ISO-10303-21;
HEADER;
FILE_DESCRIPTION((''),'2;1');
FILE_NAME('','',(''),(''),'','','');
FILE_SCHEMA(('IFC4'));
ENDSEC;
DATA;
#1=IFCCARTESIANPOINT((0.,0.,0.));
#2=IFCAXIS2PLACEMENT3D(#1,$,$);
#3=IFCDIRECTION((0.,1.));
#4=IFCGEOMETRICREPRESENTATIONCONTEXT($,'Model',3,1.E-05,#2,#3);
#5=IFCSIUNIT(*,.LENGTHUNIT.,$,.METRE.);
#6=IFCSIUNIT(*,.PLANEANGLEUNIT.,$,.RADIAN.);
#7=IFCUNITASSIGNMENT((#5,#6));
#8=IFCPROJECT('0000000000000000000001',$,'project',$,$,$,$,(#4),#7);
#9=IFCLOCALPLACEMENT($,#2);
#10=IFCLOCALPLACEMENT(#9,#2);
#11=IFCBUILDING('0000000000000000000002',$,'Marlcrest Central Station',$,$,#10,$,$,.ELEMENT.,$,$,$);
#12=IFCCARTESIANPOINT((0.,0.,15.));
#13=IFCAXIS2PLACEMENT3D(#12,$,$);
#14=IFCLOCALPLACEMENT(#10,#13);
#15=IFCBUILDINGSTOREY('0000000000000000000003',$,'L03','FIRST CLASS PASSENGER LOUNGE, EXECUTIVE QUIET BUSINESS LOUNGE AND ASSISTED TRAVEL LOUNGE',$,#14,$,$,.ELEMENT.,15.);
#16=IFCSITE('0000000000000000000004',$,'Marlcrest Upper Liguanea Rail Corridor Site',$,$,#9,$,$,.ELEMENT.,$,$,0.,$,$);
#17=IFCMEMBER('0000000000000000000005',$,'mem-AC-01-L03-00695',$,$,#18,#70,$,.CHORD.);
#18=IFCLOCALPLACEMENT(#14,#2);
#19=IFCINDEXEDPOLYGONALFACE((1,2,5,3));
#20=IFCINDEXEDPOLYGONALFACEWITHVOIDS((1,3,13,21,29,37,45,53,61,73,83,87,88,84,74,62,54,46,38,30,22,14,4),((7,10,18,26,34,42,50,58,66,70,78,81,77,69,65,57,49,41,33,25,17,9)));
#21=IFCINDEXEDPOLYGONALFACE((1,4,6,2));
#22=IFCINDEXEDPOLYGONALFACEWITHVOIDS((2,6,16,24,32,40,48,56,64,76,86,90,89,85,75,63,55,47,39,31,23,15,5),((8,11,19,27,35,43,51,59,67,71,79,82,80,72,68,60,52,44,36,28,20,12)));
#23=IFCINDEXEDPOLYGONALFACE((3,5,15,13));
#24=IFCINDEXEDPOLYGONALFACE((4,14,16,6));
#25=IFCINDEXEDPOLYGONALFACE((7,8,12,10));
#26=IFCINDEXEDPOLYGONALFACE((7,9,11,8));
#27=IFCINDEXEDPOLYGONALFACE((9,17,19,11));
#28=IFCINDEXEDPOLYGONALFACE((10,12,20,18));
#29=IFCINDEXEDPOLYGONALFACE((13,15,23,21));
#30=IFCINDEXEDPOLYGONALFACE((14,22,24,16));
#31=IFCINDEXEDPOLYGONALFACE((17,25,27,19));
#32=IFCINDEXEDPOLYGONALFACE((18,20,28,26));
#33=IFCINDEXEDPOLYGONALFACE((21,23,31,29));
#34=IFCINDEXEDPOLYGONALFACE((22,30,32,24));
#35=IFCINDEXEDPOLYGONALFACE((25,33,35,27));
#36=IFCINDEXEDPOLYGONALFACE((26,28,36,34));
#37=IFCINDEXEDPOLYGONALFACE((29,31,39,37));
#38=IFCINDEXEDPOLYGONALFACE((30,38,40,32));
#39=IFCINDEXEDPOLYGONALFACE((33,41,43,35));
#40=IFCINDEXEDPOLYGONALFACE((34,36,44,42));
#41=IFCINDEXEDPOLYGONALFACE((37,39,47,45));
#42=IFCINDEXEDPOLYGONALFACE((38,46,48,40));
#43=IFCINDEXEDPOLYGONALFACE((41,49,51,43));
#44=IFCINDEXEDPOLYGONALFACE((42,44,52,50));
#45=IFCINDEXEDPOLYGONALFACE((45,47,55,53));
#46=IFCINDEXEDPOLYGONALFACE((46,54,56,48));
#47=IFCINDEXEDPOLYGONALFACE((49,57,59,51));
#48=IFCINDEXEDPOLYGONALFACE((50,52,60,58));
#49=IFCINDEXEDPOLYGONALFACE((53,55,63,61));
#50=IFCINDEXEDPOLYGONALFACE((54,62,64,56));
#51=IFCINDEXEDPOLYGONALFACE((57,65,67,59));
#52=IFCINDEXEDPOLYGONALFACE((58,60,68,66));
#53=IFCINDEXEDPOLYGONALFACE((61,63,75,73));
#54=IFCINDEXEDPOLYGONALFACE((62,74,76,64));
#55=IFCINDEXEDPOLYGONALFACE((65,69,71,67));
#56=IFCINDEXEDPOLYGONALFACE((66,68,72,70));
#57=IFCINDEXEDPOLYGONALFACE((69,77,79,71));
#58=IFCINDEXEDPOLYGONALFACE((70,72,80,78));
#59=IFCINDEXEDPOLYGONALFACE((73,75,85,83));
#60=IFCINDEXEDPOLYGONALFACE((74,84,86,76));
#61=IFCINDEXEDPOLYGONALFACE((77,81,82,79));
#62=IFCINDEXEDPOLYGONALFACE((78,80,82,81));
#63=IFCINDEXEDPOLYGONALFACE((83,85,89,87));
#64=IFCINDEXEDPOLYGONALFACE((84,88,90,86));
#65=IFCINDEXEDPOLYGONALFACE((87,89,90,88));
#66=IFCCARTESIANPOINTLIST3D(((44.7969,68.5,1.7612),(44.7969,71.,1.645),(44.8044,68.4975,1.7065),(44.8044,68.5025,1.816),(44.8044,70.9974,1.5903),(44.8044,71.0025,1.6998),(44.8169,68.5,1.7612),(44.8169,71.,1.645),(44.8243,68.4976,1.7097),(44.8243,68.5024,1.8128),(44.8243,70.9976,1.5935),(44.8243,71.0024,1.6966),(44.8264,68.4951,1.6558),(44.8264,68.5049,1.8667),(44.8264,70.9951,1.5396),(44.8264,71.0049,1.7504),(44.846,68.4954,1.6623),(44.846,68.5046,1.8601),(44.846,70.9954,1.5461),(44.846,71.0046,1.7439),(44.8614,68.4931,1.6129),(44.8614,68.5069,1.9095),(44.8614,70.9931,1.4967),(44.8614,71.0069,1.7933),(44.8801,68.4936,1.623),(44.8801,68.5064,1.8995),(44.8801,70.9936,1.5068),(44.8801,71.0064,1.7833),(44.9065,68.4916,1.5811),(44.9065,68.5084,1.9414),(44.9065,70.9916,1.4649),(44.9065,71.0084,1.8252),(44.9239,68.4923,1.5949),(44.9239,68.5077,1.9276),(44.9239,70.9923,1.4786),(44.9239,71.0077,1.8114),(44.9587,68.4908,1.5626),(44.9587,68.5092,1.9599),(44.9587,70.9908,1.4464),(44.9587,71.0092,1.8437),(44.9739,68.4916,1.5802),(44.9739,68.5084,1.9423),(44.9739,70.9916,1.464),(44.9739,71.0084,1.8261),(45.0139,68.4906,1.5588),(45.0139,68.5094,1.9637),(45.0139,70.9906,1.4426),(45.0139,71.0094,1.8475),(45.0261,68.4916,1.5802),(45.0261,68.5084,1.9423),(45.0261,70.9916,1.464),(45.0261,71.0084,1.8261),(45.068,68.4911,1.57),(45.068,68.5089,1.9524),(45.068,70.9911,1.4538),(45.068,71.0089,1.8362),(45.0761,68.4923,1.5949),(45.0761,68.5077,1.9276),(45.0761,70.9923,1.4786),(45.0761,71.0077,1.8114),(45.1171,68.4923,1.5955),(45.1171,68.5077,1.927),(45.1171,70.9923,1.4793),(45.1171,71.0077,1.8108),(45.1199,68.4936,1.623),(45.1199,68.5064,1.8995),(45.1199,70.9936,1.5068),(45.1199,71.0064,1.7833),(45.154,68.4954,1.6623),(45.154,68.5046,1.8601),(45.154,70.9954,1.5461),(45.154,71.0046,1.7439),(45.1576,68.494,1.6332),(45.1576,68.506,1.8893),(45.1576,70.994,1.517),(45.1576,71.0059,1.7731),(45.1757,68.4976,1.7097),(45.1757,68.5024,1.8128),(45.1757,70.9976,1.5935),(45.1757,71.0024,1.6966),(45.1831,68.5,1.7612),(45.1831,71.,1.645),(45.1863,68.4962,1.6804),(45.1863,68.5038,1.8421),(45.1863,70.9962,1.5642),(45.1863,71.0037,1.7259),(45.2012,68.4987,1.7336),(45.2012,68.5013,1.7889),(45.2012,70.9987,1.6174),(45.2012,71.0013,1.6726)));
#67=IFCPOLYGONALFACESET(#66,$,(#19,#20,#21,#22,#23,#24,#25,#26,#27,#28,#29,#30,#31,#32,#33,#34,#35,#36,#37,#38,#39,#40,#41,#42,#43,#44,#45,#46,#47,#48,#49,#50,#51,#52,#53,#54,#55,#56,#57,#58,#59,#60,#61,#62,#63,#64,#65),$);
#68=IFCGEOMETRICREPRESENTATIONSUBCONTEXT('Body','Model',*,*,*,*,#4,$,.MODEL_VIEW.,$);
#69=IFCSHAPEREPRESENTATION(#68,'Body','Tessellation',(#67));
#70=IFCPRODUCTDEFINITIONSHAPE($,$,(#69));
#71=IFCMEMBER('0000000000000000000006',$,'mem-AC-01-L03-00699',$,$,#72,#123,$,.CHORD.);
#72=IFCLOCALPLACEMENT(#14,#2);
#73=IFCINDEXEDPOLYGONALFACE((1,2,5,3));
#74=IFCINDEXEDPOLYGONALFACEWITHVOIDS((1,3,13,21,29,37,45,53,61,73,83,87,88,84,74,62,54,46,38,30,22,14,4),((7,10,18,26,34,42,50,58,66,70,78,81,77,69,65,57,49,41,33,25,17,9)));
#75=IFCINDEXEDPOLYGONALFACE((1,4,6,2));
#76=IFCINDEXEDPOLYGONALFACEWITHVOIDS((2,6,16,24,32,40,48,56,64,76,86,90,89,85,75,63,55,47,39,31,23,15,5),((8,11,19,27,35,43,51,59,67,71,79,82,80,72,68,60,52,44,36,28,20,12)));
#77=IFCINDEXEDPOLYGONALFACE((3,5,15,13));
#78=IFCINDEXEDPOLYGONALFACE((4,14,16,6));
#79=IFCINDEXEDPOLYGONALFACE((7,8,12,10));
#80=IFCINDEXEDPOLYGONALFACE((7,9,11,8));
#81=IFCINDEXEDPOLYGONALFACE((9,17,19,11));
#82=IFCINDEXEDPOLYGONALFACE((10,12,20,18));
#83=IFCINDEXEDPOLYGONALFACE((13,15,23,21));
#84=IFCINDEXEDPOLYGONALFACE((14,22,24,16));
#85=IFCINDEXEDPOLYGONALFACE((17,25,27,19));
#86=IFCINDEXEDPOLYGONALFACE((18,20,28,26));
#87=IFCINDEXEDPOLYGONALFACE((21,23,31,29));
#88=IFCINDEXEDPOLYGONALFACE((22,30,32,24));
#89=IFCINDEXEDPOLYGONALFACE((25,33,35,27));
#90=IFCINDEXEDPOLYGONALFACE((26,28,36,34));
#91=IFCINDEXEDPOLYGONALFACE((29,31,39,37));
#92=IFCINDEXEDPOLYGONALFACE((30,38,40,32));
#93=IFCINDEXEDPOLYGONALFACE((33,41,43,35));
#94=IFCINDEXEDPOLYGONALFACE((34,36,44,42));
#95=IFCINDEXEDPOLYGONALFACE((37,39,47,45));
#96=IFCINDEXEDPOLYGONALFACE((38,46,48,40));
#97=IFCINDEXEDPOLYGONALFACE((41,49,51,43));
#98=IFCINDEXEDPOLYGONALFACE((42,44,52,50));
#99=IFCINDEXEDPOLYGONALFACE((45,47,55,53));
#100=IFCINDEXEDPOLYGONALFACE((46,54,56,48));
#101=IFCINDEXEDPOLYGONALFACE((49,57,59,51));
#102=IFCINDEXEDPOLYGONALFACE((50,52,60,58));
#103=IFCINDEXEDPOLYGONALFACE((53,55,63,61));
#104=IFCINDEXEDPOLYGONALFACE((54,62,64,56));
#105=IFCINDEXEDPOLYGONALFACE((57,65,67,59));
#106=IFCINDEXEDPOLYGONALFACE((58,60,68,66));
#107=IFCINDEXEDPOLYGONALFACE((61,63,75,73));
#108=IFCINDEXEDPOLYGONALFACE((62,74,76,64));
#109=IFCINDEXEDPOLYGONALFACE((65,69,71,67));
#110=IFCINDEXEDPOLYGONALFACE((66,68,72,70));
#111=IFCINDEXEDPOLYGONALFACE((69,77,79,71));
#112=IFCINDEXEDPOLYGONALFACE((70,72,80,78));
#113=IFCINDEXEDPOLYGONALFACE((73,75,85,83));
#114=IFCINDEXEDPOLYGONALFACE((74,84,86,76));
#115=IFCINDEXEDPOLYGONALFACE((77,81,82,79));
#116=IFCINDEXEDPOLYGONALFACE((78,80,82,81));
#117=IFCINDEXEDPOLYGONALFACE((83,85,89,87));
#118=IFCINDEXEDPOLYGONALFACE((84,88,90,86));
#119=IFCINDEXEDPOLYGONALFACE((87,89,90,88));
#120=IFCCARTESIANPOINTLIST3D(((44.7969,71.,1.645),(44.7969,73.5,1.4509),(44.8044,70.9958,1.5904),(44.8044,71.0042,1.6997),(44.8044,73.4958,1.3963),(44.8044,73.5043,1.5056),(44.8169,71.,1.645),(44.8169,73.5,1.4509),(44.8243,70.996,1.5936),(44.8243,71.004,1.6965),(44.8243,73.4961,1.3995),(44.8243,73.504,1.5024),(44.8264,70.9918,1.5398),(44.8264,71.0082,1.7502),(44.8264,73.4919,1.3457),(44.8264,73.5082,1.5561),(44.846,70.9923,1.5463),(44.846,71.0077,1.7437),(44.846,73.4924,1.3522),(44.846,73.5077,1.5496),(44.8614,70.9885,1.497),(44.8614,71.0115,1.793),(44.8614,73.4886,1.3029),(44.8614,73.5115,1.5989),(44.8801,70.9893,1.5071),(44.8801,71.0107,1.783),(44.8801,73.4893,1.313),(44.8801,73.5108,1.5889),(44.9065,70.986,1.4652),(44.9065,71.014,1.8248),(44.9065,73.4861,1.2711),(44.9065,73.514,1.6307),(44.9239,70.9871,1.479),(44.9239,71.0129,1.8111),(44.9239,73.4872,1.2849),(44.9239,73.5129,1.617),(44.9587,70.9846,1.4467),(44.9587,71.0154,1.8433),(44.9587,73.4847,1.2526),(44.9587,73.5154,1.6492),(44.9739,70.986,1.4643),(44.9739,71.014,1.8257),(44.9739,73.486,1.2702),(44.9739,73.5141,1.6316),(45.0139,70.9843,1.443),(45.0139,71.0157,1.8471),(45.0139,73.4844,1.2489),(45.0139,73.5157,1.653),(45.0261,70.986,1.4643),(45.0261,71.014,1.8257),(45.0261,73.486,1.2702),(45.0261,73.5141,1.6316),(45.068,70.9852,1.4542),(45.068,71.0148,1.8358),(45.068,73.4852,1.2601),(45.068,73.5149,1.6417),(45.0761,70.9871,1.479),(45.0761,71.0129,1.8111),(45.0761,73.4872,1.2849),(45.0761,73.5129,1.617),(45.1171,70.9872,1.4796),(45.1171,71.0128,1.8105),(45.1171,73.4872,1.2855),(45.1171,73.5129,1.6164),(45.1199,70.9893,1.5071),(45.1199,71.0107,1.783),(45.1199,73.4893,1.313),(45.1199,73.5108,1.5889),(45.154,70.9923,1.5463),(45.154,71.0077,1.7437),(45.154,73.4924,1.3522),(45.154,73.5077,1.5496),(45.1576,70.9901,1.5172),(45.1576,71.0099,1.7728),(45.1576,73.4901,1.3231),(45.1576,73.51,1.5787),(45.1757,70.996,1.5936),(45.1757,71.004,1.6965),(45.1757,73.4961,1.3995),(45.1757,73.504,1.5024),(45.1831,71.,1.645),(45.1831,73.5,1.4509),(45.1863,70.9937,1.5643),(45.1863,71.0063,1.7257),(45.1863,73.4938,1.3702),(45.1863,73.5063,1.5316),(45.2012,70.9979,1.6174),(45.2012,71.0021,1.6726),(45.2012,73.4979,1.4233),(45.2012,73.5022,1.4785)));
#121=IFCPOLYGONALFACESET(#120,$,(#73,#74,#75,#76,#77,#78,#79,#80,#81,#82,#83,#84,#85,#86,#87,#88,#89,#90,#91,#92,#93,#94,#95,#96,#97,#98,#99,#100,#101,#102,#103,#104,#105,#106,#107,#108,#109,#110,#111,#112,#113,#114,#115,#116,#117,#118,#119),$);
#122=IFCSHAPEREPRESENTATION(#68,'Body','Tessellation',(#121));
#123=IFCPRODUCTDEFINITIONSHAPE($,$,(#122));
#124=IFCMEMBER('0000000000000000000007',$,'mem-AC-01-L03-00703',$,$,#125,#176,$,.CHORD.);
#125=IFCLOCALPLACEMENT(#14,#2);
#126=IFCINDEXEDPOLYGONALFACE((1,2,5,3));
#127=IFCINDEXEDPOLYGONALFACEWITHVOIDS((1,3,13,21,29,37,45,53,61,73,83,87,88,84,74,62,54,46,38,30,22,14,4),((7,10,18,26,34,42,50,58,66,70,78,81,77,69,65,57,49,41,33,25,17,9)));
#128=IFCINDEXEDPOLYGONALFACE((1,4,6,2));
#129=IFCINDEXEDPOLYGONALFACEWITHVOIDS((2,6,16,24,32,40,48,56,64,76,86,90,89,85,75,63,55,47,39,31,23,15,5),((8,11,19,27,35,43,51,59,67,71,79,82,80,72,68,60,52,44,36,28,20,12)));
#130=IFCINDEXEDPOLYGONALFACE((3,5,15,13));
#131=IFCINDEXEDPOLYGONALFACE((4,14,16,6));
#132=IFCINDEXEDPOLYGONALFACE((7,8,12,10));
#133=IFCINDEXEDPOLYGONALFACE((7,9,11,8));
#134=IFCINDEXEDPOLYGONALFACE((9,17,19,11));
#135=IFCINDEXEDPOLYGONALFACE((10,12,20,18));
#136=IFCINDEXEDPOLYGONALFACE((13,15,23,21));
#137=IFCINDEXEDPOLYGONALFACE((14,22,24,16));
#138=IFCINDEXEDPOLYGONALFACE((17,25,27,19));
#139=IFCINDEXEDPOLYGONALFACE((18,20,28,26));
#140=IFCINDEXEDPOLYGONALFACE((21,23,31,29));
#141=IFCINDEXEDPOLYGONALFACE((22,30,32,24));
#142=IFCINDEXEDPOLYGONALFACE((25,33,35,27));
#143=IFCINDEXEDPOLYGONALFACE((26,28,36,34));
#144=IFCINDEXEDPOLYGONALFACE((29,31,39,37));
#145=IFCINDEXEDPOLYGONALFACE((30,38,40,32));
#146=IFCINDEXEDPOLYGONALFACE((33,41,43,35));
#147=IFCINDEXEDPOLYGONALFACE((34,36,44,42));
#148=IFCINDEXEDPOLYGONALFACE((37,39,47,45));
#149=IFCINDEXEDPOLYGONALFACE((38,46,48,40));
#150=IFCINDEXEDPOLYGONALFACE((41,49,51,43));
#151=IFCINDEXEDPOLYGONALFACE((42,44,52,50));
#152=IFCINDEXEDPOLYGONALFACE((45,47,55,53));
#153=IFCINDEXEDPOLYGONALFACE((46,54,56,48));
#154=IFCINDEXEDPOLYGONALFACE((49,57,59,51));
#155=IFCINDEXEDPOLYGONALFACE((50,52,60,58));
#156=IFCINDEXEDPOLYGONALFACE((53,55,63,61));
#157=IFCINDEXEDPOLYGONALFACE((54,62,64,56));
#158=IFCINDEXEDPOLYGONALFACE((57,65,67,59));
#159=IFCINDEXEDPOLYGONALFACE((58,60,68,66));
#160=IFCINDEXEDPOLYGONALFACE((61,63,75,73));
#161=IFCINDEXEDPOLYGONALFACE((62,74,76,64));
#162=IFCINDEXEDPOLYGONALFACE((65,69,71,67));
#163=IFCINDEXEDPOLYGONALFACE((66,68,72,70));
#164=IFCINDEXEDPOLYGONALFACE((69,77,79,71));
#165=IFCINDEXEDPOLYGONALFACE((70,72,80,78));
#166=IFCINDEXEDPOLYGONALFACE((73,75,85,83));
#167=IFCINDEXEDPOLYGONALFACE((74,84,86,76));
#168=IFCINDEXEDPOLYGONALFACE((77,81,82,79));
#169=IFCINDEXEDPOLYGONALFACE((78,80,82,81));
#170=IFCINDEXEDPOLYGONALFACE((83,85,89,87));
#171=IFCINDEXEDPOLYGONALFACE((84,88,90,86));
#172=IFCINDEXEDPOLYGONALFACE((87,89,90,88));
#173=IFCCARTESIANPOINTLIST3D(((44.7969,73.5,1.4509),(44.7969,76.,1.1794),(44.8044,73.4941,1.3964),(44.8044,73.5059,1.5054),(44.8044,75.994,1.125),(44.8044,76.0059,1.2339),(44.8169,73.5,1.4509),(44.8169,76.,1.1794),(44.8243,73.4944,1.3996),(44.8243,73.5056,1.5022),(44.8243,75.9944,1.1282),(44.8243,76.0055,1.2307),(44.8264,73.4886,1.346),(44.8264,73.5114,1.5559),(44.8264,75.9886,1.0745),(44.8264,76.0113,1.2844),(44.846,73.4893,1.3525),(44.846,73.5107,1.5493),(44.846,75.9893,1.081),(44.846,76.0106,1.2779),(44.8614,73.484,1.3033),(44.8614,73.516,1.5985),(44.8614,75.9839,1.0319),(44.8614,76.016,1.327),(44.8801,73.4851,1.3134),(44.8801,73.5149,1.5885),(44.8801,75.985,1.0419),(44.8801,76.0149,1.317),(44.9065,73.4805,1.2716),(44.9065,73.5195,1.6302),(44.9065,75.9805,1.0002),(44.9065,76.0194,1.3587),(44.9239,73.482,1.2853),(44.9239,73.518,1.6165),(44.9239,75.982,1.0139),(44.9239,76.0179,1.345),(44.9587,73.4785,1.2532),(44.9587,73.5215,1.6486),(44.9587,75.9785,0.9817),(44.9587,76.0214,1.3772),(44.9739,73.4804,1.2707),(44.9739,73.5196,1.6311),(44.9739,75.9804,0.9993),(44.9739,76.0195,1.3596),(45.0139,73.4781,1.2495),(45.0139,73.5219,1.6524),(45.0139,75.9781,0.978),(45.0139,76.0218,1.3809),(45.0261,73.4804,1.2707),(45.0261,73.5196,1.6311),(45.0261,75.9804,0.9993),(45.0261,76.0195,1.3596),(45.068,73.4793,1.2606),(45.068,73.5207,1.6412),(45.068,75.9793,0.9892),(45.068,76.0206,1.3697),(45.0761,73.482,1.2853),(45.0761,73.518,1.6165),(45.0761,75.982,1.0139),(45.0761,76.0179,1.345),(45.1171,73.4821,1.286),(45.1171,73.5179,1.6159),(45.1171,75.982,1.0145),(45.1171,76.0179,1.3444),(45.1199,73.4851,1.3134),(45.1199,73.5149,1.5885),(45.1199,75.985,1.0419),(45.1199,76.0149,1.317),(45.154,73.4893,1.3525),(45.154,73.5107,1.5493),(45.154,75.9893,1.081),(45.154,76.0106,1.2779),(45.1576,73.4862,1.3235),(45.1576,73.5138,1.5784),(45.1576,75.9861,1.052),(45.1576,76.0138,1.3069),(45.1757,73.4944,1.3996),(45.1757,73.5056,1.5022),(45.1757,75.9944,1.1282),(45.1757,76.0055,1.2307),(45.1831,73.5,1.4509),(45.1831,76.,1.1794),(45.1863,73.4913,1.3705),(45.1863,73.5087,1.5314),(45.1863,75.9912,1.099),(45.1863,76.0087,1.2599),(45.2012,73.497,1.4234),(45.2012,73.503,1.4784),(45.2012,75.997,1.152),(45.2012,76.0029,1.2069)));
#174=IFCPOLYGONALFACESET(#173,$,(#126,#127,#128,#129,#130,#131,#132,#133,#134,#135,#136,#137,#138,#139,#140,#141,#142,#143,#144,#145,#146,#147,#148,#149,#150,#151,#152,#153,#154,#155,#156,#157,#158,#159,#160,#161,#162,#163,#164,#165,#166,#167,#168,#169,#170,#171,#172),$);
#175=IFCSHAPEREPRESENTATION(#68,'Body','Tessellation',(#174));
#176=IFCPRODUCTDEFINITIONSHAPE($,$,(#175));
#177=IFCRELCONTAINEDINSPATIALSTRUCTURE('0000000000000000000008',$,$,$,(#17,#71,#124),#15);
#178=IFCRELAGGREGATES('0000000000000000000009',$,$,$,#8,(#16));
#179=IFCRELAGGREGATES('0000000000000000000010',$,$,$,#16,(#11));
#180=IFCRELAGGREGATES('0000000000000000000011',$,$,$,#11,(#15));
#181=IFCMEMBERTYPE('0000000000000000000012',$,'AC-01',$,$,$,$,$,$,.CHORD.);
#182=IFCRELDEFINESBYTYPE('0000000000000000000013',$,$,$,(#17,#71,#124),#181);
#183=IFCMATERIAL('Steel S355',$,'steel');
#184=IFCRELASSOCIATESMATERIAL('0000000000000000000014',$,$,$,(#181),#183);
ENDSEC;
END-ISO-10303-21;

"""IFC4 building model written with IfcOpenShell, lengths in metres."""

from ifc_helpers import new_model, si_unit, direction, frame, origin, origin_2d, place, context, subcontext, project, spatial, hollow_circle, extrude, material, material_profile, profile_set, type_object, element, save


model = new_model("IFC4")

# Units and contexts
model_context = context("Model", 3, precision=1e-05, world=origin(), true_north=direction((0.0, 1.0)))
body_context = subcontext(model_context, "Body", "Model", "MODEL_VIEW")
ifc_project = project(units=[si_unit("LENGTHUNIT", "METRE"), si_unit("PLANEANGLEUNIT", "RADIAN")], contexts=[model_context])

# Site, building, storey
site_placement = place(None, origin())
site = spatial("IfcSite", under=ifc_project, at=site_placement, Name="Marlcrest Upper Liguanea Rail Corridor Site", CompositionType="ELEMENT", RefElevation=0.0)
building_placement = place(site_placement, origin())
building = spatial("IfcBuilding", under=site, at=building_placement, Name="Marlcrest Central Station", CompositionType="ELEMENT")
storey_placement = place(building_placement, frame((0.0, 0.0, 15.0)))
storey = spatial("IfcBuildingStorey", under=building, at=storey_placement, Name="L03", Description="FIRST CLASS PASSENGER LOUNGE, EXECUTIVE QUIET BUSINESS LOUNGE AND ASSISTED TRAVEL LOUNGE", CompositionType="ELEMENT", Elevation=15.0)

# Members
ifc_material_1 = material(Name="Steel S355", Category="steel")
ifc_material_profile_1 = material_profile(ifc_material_1, hollow_circle(Radius=0.2031, WallThickness=0.02, at=origin_2d()), Name="CHS 406.4x20")
ifc_profile_set_1 = profile_set([ifc_material_profile_1], Name="Steel S355")
member_type_1 = type_object("IfcMemberType", Name="AC-01", PredefinedType="CHORD", material=ifc_profile_set_1)
member_1_placement = place(storey_placement, frame((45.0, 68.5, 1.7612), z_axis=(0.0, 0.998921, -0.046434), x_axis=(-1.0, 0.0, 0.0)))
element("IfcMember", 1, at=member_1_placement, inside=storey, type_object=member_type_1, Name="mem-AC-01-L03-00695", PredefinedType="CHORD", context=body_context, shape_type="SweptSolid", body=[
    extrude(hollow_circle(Radius=0.2031, WallThickness=0.02, at=origin_2d()), origin(), (0.0, 0.0, 1.0), 2.5027),
])
member_2_placement = place(storey_placement, frame((45.0, 71.0, 1.645), z_axis=(0.0, 0.997, -0.077404), x_axis=(-1.0, 0.0, 0.0)))
element("IfcMember", 2, at=member_2_placement, inside=storey, type_object=member_type_1, Name="mem-AC-01-L03-00699", PredefinedType="CHORD", context=body_context, shape_type="SweptSolid", body=[
    extrude(hollow_circle(Radius=0.2031, WallThickness=0.02, at=origin_2d()), origin(), (0.0, 0.0, 1.0), 2.5076),
])
member_3_placement = place(storey_placement, frame((45.0, 73.5, 1.4509), z_axis=(0.0, 0.994155, -0.107959), x_axis=(-1.0, 0.0, 0.0)))
element("IfcMember", 3, at=member_3_placement, inside=storey, type_object=member_type_1, Name="mem-AC-01-L03-00703", PredefinedType="CHORD", context=body_context, shape_type="SweptSolid", body=[
    extrude(hollow_circle(Radius=0.2031, WallThickness=0.02, at=origin_2d()), origin(), (0.0, 0.0, 1.0), 2.5146),
])

save(model, "model.ifc")
